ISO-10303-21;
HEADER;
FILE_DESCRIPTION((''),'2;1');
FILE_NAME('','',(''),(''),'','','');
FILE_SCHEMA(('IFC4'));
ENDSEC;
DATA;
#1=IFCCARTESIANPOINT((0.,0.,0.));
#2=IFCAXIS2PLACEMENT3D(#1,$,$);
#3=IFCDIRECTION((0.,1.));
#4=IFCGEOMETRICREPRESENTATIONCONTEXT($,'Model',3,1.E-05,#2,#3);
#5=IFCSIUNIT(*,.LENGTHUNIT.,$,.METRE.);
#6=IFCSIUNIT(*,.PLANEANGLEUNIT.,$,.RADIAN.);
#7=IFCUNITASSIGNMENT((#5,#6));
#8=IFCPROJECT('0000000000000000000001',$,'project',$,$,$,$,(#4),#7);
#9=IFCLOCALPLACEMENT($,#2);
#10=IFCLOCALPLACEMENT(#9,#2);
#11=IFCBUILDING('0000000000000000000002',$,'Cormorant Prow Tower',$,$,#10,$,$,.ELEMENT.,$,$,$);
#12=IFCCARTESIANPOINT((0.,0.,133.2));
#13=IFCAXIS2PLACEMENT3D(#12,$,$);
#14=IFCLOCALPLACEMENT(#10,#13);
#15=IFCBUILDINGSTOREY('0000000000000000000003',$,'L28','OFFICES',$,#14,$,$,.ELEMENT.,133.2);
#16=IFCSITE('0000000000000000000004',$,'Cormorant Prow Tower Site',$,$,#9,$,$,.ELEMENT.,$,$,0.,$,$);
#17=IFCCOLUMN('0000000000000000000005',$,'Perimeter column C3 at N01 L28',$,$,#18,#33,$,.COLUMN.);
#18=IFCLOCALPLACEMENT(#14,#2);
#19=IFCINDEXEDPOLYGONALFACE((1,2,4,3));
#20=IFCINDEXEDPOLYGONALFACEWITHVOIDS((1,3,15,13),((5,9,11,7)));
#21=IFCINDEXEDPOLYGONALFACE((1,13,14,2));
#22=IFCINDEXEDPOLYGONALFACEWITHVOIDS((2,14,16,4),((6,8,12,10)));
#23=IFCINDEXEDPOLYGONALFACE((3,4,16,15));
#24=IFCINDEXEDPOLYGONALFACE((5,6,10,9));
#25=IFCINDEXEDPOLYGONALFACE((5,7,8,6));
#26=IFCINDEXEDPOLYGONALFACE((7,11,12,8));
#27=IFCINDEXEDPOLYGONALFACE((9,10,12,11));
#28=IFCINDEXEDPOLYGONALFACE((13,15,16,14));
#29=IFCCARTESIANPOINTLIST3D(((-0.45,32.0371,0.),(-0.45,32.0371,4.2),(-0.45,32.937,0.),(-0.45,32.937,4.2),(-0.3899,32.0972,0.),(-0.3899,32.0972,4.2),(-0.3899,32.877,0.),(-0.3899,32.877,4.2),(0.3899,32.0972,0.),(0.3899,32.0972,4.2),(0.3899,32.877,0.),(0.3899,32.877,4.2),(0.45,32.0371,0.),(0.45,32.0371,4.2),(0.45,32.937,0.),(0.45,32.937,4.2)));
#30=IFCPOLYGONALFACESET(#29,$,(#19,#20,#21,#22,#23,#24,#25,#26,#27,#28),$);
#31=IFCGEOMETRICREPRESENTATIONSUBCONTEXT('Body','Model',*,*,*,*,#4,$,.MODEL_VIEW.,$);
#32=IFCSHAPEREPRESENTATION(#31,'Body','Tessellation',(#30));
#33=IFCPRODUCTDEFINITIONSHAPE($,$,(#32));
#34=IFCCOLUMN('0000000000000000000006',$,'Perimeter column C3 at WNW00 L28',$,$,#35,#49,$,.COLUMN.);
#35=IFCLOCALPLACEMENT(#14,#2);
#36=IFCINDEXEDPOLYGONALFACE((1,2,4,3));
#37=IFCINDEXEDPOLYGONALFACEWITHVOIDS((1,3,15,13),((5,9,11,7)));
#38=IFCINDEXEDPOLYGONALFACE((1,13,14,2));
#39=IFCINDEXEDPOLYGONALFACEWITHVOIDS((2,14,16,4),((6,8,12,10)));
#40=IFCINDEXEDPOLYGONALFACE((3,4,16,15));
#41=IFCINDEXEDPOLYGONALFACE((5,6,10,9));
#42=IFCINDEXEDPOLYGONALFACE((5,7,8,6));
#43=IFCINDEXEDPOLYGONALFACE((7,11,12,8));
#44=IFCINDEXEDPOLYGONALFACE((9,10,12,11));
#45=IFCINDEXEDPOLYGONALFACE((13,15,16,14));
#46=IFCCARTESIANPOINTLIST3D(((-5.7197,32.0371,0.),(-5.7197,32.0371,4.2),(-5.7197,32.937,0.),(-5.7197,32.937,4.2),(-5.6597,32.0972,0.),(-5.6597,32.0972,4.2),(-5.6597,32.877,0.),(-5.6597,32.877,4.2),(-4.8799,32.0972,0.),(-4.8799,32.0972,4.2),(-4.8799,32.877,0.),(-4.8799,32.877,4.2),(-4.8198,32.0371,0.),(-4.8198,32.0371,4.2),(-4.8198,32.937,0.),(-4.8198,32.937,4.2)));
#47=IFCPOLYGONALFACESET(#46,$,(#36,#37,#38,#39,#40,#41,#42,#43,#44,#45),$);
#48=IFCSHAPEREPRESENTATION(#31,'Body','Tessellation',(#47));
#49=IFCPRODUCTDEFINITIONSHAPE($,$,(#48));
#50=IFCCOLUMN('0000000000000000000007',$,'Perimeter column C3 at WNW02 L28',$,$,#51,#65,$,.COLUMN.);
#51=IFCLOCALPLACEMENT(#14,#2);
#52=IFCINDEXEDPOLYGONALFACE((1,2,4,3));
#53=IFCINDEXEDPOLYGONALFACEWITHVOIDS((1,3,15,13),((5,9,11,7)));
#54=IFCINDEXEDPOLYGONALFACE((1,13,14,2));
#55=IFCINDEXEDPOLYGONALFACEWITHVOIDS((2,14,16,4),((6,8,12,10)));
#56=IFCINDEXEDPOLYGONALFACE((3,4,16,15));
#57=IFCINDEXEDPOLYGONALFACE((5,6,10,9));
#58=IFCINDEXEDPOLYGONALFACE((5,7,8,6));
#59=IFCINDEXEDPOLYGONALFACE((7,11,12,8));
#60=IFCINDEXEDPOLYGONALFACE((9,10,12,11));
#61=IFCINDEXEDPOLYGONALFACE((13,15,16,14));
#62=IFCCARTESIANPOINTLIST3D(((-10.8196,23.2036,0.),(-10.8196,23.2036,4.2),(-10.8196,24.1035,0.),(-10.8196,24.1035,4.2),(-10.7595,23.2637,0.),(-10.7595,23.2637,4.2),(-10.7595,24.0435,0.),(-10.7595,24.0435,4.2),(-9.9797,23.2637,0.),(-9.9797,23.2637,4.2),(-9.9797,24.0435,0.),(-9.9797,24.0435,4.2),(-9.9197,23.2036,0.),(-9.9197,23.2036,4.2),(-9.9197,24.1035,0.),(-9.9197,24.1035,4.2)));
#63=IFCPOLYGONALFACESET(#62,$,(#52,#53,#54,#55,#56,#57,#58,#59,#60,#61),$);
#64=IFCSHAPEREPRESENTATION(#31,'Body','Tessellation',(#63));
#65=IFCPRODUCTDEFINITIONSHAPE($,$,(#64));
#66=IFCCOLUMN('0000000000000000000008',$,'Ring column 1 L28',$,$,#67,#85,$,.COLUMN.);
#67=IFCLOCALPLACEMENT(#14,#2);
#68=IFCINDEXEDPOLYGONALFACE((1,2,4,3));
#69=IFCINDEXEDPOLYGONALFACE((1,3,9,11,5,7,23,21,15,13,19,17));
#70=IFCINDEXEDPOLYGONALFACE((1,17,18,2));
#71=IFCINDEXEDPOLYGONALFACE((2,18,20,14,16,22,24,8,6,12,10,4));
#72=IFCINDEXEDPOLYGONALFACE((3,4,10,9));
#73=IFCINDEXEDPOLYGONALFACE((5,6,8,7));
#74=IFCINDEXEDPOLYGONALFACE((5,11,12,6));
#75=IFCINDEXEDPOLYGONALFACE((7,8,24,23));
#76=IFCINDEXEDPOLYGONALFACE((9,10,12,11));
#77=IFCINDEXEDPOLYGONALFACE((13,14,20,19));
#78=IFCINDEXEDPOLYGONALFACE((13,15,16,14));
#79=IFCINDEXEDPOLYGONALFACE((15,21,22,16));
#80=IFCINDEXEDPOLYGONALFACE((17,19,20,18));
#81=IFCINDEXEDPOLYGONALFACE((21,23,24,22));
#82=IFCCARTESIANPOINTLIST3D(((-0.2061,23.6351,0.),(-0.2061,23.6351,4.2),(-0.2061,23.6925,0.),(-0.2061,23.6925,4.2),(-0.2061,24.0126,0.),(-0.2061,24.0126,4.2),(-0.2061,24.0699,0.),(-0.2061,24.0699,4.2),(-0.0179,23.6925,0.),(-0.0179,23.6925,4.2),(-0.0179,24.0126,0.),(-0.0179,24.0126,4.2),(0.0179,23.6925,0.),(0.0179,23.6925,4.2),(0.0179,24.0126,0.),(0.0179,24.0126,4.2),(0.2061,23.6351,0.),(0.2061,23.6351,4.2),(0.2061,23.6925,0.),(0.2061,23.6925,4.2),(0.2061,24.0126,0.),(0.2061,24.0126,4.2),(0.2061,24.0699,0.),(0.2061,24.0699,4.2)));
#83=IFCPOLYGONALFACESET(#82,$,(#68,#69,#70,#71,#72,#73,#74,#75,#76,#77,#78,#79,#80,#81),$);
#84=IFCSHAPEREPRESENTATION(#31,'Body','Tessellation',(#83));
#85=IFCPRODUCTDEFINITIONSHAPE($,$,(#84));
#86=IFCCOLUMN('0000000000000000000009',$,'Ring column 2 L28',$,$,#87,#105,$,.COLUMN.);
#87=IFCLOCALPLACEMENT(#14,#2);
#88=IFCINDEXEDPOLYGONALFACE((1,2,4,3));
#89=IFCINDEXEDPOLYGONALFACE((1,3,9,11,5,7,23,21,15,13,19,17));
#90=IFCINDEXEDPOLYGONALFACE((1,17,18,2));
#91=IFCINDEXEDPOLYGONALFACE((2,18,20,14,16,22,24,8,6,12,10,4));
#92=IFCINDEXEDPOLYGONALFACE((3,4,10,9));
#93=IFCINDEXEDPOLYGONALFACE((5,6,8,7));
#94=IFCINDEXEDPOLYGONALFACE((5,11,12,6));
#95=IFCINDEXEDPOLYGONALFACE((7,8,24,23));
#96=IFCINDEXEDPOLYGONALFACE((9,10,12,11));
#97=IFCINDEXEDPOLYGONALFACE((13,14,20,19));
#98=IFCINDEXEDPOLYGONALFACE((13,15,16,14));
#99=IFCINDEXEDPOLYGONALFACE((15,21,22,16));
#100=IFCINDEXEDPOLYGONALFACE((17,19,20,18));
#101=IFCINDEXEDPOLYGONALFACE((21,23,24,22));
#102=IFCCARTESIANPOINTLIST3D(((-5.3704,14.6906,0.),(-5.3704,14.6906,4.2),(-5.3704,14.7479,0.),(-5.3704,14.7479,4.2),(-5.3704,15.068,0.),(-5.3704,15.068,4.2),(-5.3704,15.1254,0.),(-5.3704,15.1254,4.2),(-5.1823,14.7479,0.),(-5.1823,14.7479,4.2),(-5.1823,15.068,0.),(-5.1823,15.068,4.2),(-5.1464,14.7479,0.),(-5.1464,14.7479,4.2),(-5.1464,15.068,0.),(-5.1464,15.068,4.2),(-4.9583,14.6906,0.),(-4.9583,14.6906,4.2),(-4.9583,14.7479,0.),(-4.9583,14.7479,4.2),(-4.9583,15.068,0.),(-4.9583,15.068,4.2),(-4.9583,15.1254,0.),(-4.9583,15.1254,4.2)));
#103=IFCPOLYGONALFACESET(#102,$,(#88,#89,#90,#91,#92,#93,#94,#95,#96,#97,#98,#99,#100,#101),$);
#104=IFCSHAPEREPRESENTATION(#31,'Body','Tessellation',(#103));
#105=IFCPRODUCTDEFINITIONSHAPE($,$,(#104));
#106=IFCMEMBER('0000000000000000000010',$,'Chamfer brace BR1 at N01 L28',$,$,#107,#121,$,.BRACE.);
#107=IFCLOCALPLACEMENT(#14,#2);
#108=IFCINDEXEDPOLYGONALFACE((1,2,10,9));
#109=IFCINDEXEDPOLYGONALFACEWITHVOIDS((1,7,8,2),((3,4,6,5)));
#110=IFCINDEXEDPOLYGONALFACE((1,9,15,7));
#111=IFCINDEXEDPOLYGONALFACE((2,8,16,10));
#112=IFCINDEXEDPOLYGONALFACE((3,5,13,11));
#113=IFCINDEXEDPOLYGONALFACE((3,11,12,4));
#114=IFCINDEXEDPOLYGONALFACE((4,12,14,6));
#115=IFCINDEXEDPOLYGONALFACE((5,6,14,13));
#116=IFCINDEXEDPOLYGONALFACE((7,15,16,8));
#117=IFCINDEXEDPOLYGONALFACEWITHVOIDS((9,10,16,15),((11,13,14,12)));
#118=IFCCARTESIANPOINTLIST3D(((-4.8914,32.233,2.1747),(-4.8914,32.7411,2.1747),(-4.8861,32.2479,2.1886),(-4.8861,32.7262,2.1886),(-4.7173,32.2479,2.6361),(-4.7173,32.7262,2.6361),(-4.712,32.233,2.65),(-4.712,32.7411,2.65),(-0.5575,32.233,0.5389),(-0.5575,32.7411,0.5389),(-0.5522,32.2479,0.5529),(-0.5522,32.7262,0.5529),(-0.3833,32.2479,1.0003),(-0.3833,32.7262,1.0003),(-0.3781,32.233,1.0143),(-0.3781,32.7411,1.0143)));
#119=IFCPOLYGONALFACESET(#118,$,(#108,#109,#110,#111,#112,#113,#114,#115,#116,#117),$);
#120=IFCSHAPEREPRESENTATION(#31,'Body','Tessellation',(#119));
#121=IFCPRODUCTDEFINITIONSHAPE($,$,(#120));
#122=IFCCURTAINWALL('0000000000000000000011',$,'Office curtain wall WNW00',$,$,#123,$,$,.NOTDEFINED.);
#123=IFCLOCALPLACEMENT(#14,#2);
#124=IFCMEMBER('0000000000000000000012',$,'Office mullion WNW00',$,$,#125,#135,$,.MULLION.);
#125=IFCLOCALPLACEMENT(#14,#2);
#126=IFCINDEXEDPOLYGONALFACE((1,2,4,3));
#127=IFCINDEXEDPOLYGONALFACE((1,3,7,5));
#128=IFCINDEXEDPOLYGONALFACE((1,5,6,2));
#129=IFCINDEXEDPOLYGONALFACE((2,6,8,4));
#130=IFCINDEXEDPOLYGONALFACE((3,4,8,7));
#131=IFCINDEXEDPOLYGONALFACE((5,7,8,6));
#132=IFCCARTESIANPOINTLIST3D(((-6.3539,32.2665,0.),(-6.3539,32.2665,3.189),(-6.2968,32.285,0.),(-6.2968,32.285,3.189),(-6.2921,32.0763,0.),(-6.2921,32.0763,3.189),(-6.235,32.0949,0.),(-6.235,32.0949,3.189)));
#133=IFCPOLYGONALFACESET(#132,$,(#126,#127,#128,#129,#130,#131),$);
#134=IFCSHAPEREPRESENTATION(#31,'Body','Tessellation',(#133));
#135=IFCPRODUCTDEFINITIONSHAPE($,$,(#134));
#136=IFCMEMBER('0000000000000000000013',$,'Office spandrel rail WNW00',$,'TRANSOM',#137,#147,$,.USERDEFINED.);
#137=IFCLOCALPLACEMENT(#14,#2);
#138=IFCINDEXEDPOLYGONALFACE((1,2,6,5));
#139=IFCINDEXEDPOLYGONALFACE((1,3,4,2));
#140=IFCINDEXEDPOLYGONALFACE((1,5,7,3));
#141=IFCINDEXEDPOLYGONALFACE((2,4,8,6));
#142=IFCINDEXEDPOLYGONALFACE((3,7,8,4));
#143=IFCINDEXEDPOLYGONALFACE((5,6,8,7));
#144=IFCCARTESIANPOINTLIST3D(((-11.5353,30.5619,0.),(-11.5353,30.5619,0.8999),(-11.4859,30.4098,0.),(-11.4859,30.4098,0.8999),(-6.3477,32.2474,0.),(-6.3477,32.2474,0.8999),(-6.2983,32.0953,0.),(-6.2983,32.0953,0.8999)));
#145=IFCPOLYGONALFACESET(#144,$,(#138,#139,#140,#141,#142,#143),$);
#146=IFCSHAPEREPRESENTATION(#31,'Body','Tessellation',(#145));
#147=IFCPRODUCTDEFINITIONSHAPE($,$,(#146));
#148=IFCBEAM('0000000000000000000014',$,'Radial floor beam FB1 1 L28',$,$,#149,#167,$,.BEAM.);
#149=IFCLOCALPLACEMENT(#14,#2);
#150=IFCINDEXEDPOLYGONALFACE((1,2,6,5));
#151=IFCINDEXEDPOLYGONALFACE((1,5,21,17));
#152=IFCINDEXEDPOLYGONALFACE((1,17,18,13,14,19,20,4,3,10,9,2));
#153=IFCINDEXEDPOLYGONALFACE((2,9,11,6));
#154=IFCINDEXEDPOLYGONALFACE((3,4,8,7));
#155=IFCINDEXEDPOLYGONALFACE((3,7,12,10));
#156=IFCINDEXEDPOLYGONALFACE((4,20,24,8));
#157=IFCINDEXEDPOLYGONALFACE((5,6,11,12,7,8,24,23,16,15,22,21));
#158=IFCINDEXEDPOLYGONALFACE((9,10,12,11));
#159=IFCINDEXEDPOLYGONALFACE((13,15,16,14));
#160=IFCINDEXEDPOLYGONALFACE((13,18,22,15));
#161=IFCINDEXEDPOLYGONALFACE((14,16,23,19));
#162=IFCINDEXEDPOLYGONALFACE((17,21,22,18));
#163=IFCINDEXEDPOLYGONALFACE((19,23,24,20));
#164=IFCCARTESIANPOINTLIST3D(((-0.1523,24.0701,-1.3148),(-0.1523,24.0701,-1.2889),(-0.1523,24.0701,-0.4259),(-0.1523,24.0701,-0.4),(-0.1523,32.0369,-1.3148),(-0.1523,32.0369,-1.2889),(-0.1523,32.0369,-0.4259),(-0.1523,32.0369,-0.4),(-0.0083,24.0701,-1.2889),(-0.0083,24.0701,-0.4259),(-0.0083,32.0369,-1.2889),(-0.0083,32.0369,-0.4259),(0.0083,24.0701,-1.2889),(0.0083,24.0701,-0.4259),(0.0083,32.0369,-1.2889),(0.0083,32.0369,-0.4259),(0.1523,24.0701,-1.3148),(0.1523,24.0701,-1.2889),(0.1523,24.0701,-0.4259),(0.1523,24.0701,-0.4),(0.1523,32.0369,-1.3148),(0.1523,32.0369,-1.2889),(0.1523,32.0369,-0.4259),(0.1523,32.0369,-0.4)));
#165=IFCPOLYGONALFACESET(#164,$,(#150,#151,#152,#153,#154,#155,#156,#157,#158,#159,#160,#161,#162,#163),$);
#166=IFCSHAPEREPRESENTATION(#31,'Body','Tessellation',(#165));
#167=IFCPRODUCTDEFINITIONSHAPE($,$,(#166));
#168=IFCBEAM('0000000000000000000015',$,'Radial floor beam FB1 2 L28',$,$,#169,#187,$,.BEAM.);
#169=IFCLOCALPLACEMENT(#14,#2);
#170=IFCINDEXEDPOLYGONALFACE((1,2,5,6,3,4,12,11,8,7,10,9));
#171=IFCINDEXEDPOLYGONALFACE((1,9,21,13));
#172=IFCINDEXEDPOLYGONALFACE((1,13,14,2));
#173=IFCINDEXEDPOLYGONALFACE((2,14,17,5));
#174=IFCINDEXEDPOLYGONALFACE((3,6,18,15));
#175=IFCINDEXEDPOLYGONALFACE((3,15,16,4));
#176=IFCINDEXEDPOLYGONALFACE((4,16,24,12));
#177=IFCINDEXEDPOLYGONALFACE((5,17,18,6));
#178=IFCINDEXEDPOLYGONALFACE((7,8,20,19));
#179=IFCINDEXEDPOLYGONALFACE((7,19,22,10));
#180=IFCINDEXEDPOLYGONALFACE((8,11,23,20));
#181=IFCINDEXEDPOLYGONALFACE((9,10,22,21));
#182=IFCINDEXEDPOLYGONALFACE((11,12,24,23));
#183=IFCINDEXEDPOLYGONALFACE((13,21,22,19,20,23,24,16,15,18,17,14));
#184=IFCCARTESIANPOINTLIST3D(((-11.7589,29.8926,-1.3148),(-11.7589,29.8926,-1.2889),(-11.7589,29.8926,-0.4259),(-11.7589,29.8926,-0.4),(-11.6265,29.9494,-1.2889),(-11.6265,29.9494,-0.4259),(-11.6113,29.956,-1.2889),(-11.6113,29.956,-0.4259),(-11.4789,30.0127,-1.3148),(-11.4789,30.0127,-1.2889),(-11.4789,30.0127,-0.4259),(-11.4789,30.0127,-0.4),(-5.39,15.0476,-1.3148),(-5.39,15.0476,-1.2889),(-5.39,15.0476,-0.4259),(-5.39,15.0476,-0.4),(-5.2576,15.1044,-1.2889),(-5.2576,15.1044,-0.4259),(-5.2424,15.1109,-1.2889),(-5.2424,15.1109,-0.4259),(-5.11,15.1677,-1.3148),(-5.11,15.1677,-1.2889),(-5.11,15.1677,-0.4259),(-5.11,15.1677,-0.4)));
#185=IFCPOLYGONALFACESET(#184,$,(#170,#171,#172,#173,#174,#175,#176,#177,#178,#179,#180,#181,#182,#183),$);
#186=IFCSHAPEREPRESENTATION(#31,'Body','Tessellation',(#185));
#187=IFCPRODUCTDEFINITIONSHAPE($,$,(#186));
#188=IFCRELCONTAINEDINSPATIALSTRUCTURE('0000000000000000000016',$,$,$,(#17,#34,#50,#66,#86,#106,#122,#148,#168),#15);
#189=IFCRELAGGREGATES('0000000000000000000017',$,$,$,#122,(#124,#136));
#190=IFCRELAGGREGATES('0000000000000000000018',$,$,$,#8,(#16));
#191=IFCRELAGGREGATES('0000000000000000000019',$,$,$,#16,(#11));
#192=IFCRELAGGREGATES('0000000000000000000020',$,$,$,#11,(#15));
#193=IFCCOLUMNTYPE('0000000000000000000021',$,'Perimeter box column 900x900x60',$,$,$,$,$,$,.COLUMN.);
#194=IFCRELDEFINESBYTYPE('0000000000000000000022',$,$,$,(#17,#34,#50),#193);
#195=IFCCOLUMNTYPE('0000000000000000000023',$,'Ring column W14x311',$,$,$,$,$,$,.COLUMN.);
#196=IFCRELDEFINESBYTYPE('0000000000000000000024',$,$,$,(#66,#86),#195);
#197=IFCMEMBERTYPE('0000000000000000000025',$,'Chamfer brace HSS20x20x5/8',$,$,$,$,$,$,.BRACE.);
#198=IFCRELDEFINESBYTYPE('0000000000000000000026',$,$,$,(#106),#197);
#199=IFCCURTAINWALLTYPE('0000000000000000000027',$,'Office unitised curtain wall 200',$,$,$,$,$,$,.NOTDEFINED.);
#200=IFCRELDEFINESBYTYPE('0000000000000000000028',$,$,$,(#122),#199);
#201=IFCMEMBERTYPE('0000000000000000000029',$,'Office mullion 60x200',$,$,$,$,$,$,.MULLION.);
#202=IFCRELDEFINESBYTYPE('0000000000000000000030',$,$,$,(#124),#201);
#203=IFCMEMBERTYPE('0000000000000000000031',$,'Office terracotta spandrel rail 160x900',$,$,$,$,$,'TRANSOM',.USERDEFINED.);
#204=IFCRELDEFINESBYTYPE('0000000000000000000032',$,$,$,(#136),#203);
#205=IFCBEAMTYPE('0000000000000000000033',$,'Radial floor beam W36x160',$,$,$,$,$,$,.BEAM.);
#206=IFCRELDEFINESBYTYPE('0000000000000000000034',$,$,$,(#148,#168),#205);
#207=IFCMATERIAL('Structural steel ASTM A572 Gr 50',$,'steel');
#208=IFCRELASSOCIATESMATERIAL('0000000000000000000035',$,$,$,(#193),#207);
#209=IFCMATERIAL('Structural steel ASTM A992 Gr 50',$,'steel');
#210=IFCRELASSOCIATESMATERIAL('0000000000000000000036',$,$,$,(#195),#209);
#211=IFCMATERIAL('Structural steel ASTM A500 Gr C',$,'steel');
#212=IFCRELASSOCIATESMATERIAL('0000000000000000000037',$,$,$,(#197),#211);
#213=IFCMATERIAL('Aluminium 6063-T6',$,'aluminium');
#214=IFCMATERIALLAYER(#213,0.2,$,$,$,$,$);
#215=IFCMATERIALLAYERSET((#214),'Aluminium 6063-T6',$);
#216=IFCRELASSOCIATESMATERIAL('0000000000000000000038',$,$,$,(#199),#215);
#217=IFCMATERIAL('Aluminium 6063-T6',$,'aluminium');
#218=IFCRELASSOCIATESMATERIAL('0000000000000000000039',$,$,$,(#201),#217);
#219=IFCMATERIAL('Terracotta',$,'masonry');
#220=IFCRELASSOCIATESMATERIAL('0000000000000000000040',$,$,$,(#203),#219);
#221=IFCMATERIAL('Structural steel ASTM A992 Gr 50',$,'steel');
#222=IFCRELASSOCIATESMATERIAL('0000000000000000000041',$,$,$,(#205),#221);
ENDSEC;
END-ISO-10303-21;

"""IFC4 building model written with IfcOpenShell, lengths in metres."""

from ifc_helpers import new_model, si_unit, direction, frame, origin, origin_2d, place, context, subcontext, project, spatial, rectangle, hollow_rectangle, i_section, extrude, material, layer, layer_set, material_profile, profile_set, type_object, element, aggregate, save


model = new_model("IFC4")

# Units and contexts
model_context = context("Model", 3, precision=1e-05, world=origin(), true_north=direction((0.0, 1.0)))
body_context = subcontext(model_context, "Body", "Model", "MODEL_VIEW")
ifc_project = project(units=[si_unit("LENGTHUNIT", "METRE"), si_unit("PLANEANGLEUNIT", "RADIAN")], contexts=[model_context])

# Site, building, storey
site_placement = place(None, origin())
site = spatial("IfcSite", under=ifc_project, at=site_placement, Name="Cormorant Prow Tower Site", CompositionType="ELEMENT", RefElevation=0.0)
building_placement = place(site_placement, origin())
building = spatial("IfcBuilding", under=site, at=building_placement, Name="Cormorant Prow Tower", CompositionType="ELEMENT")
storey_placement = place(building_placement, frame((0.0, 0.0, 133.2)))
storey = spatial("IfcBuildingStorey", under=building, at=storey_placement, Name="L28", Description="OFFICES", CompositionType="ELEMENT", Elevation=133.2)

# Columns
ifc_material_1 = material(Name="Structural steel ASTM A572 Gr 50", Category="steel")
ifc_material_profile_1 = material_profile(ifc_material_1, hollow_rectangle(XDim=0.8999, YDim=0.8999, WallThickness=0.0601, at=origin_2d()), Name="Box 900x900x60")
ifc_profile_set_1 = profile_set([ifc_material_profile_1], Name="Structural steel ASTM A572 Gr 50")
column_type_1 = type_object("IfcColumnType", Name="Perimeter box column 900x900x60", PredefinedType="COLUMN", material=ifc_profile_set_1)
for number, where, z_axis, x_axis, name in (
    (1, (0.0, 32.4871, 0.0), (0.0, 0.0, 1.0), (1.0, 0.0, 0.0), "Perimeter column C3 at N01 L28"),
    (2, (-5.2698, 32.4871, 0.0), (0.0, 0.0, 1.0), (1.0, 0.0, 0.0), "Perimeter column C3 at WNW00 L28"),
    (3, (-10.3696, 23.6536, 0.0), (0.0, 0.0, 1.0), (1.0, 0.0, 0.0), "Perimeter column C3 at WNW02 L28"),
):
    element("IfcColumn", number, at=place(storey_placement, frame(where, z_axis=z_axis, x_axis=x_axis)), inside=storey, type_object=column_type_1, Name=name, PredefinedType="COLUMN", context=body_context, shape_type="SweptSolid", body=[
        extrude(hollow_rectangle(XDim=0.8999, YDim=0.8999, WallThickness=0.0601, at=origin_2d()), origin(), (0.0, 0.0, 1.0), 4.2),
    ])
ifc_material_2 = material(Name="Structural steel ASTM A992 Gr 50", Category="steel")
ifc_material_profile_2 = material_profile(ifc_material_2, i_section(OverallWidth=0.4121, OverallDepth=0.4348, WebThickness=0.0359, FlangeThickness=0.0574, at=origin_2d()), Name="W14x311")
ifc_profile_set_2 = profile_set([ifc_material_profile_2], Name="Structural steel ASTM A992 Gr 50")
column_type_2 = type_object("IfcColumnType", Name="Ring column W14x311", PredefinedType="COLUMN", material=ifc_profile_set_2)
for number, where, z_axis, x_axis, name in (
    (4, (0.0, 23.8525, 0.0), (0.0, 0.0, 1.0), (1.0, 0.0, 0.0), "Ring column 1 L28"),
    (5, (-5.1643, 14.908, 0.0), (0.0, 0.0, 1.0), (1.0, 0.0, 0.0), "Ring column 2 L28"),
):
    element("IfcColumn", number, at=place(storey_placement, frame(where, z_axis=z_axis, x_axis=x_axis)), inside=storey, type_object=column_type_2, Name=name, PredefinedType="COLUMN", context=body_context, shape_type="SweptSolid", body=[
        extrude(i_section(OverallWidth=0.4121, OverallDepth=0.4348, WebThickness=0.0359, FlangeThickness=0.0574, at=origin_2d()), origin(), (0.0, 0.0, 1.0), 4.2),
    ])

# Member
ifc_material_3 = material(Name="Structural steel ASTM A500 Gr C", Category="steel")
ifc_material_profile_3 = material_profile(ifc_material_3, hollow_rectangle(XDim=0.5081, YDim=0.5081, WallThickness=0.0149, at=origin_2d()), Name="HSS20x20x5/8")
ifc_profile_set_3 = profile_set([ifc_material_profile_3], Name="Structural steel ASTM A500 Gr C")
member_type_1 = type_object("IfcMemberType", Name="Chamfer brace HSS20x20x5/8", PredefinedType="BRACE", material=ifc_profile_set_3)
member_1_placement = place(storey_placement, frame((-0.4678, 32.4871, 0.7766), z_axis=(-0.935582, 0.0, 0.353109), x_axis=(0.0, -1.0, 0.0)))
element("IfcMember", 6, at=member_1_placement, inside=storey, type_object=member_type_1, Name="Chamfer brace BR1 at N01 L28", PredefinedType="BRACE", context=body_context, shape_type="SweptSolid", body=[
    extrude(hollow_rectangle(XDim=0.5081, YDim=0.5081, WallThickness=0.0149, at=origin_2d()), origin(), (0.0, 0.0, 1.0), 4.6323),
])

# Curtain wall, members
ifc_material_4 = material(Name="Aluminium 6063-T6", Category="aluminium")
ifc_layer_1 = layer(ifc_material_4, 0.2)
ifc_layer_set_1 = layer_set([ifc_layer_1], Name="Aluminium 6063-T6")
curtain_wall_type = type_object("IfcCurtainWallType", Name="Office unitised curtain wall 200", PredefinedType="NOTDEFINED", material=ifc_layer_set_1)
curtain_wall_placement = place(storey_placement, origin())
curtain_wall = element("IfcCurtainWall", 7, at=curtain_wall_placement, inside=storey, type_object=curtain_wall_type, Name="Office curtain wall WNW00", PredefinedType="NOTDEFINED")
ifc_material_5 = material(Name="Aluminium 6063-T6", Category="aluminium")
ifc_material_profile_4 = material_profile(ifc_material_5, rectangle(XDim=0.2, YDim=0.0601, at=origin_2d()), Name="Office mullion 60x200")
ifc_profile_set_4 = profile_set([ifc_material_profile_4], Name="Aluminium 6063-T6")
member_type_2 = type_object("IfcMemberType", Name="Office mullion 60x200", PredefinedType="MULLION", material=ifc_profile_set_4)
member_2_placement = place(storey_placement, frame((-6.2944, 32.1807, 0.0), z_axis=(0.0, 0.0, 1.0), x_axis=(0.309017, -0.951057, 0.0)))
member_2 = element("IfcMember", 8, at=member_2_placement, type_object=member_type_2, Name="Office mullion WNW00", PredefinedType="MULLION", context=body_context, shape_type="SweptSolid", body=[
    extrude(rectangle(XDim=0.2, YDim=0.0601, at=origin_2d()), origin(), (0.0, 0.0, 1.0), 3.189),
])
ifc_material_6 = material(Name="Terracotta", Category="masonry")
ifc_material_profile_5 = material_profile(ifc_material_6, rectangle(XDim=0.1599, YDim=0.8999, at=origin_2d()), Name="Office terracotta spandrel rail 160x900")
ifc_profile_set_5 = profile_set([ifc_material_profile_5], Name="Terracotta")
member_type_3 = type_object("IfcMemberType", Name="Office terracotta spandrel rail 160x900", ElementType="TRANSOM", PredefinedType="USERDEFINED", material=ifc_profile_set_5)
member_3_placement = place(storey_placement, frame((-6.323, 32.1714, 0.45), z_axis=(-0.951059, -0.309008, 0.0), x_axis=(0.309008, -0.951059, 0.0)))
member_3 = element("IfcMember", 9, at=member_3_placement, type_object=member_type_3, Name="Office spandrel rail WNW00", ObjectType="TRANSOM", PredefinedType="USERDEFINED", context=body_context, shape_type="SweptSolid", body=[
    extrude(rectangle(XDim=0.1599, YDim=0.8999, at=origin_2d()), origin(), (0.0, 0.0, 1.0), 5.4546),
])

# Beams
ifc_material_7 = material(Name="Structural steel ASTM A992 Gr 50", Category="steel")
ifc_material_profile_6 = material_profile(ifc_material_7, i_section(OverallWidth=0.3047, OverallDepth=0.9148, WebThickness=0.0166, FlangeThickness=0.0259, at=origin_2d()), Name="W36x160")
ifc_profile_set_6 = profile_set([ifc_material_profile_6], Name="Structural steel ASTM A992 Gr 50")
beam_type_1 = type_object("IfcBeamType", Name="Radial floor beam W36x160", PredefinedType="BEAM", material=ifc_profile_set_6)
beam_1_placement = place(storey_placement, frame((0.0, 24.0701, -0.8574), z_axis=(0.0, 1.0, 0.0), x_axis=(-1.0, 0.0, 0.0)))
element("IfcBeam", 10, at=beam_1_placement, inside=storey, type_object=beam_type_1, Name="Radial floor beam FB1 1 L28", PredefinedType="BEAM", context=body_context, shape_type="SweptSolid", body=[
    extrude(i_section(OverallWidth=0.3047, OverallDepth=0.9148, WebThickness=0.0166, FlangeThickness=0.0259, at=origin_2d()), origin(), (0.0, 0.0, 1.0), 7.9668),
])
beam_2_placement = place(storey_placement, frame((-5.25, 15.1077, -0.8574), z_axis=(-0.394273, 0.918993, 0.0), x_axis=(-0.918993, -0.394273, 0.0)))
element("IfcBeam", 11, at=beam_2_placement, inside=storey, type_object=beam_type_1, Name="Radial floor beam FB1 2 L28", PredefinedType="BEAM", context=body_context, shape_type="SweptSolid", body=[
    extrude(i_section(OverallWidth=0.3047, OverallDepth=0.9148, WebThickness=0.0166, FlangeThickness=0.0259, at=origin_2d()), origin(), (0.0, 0.0, 1.0), 16.1536),
])

aggregate(curtain_wall, [member_2, member_3])

save(model, "model.ifc")
